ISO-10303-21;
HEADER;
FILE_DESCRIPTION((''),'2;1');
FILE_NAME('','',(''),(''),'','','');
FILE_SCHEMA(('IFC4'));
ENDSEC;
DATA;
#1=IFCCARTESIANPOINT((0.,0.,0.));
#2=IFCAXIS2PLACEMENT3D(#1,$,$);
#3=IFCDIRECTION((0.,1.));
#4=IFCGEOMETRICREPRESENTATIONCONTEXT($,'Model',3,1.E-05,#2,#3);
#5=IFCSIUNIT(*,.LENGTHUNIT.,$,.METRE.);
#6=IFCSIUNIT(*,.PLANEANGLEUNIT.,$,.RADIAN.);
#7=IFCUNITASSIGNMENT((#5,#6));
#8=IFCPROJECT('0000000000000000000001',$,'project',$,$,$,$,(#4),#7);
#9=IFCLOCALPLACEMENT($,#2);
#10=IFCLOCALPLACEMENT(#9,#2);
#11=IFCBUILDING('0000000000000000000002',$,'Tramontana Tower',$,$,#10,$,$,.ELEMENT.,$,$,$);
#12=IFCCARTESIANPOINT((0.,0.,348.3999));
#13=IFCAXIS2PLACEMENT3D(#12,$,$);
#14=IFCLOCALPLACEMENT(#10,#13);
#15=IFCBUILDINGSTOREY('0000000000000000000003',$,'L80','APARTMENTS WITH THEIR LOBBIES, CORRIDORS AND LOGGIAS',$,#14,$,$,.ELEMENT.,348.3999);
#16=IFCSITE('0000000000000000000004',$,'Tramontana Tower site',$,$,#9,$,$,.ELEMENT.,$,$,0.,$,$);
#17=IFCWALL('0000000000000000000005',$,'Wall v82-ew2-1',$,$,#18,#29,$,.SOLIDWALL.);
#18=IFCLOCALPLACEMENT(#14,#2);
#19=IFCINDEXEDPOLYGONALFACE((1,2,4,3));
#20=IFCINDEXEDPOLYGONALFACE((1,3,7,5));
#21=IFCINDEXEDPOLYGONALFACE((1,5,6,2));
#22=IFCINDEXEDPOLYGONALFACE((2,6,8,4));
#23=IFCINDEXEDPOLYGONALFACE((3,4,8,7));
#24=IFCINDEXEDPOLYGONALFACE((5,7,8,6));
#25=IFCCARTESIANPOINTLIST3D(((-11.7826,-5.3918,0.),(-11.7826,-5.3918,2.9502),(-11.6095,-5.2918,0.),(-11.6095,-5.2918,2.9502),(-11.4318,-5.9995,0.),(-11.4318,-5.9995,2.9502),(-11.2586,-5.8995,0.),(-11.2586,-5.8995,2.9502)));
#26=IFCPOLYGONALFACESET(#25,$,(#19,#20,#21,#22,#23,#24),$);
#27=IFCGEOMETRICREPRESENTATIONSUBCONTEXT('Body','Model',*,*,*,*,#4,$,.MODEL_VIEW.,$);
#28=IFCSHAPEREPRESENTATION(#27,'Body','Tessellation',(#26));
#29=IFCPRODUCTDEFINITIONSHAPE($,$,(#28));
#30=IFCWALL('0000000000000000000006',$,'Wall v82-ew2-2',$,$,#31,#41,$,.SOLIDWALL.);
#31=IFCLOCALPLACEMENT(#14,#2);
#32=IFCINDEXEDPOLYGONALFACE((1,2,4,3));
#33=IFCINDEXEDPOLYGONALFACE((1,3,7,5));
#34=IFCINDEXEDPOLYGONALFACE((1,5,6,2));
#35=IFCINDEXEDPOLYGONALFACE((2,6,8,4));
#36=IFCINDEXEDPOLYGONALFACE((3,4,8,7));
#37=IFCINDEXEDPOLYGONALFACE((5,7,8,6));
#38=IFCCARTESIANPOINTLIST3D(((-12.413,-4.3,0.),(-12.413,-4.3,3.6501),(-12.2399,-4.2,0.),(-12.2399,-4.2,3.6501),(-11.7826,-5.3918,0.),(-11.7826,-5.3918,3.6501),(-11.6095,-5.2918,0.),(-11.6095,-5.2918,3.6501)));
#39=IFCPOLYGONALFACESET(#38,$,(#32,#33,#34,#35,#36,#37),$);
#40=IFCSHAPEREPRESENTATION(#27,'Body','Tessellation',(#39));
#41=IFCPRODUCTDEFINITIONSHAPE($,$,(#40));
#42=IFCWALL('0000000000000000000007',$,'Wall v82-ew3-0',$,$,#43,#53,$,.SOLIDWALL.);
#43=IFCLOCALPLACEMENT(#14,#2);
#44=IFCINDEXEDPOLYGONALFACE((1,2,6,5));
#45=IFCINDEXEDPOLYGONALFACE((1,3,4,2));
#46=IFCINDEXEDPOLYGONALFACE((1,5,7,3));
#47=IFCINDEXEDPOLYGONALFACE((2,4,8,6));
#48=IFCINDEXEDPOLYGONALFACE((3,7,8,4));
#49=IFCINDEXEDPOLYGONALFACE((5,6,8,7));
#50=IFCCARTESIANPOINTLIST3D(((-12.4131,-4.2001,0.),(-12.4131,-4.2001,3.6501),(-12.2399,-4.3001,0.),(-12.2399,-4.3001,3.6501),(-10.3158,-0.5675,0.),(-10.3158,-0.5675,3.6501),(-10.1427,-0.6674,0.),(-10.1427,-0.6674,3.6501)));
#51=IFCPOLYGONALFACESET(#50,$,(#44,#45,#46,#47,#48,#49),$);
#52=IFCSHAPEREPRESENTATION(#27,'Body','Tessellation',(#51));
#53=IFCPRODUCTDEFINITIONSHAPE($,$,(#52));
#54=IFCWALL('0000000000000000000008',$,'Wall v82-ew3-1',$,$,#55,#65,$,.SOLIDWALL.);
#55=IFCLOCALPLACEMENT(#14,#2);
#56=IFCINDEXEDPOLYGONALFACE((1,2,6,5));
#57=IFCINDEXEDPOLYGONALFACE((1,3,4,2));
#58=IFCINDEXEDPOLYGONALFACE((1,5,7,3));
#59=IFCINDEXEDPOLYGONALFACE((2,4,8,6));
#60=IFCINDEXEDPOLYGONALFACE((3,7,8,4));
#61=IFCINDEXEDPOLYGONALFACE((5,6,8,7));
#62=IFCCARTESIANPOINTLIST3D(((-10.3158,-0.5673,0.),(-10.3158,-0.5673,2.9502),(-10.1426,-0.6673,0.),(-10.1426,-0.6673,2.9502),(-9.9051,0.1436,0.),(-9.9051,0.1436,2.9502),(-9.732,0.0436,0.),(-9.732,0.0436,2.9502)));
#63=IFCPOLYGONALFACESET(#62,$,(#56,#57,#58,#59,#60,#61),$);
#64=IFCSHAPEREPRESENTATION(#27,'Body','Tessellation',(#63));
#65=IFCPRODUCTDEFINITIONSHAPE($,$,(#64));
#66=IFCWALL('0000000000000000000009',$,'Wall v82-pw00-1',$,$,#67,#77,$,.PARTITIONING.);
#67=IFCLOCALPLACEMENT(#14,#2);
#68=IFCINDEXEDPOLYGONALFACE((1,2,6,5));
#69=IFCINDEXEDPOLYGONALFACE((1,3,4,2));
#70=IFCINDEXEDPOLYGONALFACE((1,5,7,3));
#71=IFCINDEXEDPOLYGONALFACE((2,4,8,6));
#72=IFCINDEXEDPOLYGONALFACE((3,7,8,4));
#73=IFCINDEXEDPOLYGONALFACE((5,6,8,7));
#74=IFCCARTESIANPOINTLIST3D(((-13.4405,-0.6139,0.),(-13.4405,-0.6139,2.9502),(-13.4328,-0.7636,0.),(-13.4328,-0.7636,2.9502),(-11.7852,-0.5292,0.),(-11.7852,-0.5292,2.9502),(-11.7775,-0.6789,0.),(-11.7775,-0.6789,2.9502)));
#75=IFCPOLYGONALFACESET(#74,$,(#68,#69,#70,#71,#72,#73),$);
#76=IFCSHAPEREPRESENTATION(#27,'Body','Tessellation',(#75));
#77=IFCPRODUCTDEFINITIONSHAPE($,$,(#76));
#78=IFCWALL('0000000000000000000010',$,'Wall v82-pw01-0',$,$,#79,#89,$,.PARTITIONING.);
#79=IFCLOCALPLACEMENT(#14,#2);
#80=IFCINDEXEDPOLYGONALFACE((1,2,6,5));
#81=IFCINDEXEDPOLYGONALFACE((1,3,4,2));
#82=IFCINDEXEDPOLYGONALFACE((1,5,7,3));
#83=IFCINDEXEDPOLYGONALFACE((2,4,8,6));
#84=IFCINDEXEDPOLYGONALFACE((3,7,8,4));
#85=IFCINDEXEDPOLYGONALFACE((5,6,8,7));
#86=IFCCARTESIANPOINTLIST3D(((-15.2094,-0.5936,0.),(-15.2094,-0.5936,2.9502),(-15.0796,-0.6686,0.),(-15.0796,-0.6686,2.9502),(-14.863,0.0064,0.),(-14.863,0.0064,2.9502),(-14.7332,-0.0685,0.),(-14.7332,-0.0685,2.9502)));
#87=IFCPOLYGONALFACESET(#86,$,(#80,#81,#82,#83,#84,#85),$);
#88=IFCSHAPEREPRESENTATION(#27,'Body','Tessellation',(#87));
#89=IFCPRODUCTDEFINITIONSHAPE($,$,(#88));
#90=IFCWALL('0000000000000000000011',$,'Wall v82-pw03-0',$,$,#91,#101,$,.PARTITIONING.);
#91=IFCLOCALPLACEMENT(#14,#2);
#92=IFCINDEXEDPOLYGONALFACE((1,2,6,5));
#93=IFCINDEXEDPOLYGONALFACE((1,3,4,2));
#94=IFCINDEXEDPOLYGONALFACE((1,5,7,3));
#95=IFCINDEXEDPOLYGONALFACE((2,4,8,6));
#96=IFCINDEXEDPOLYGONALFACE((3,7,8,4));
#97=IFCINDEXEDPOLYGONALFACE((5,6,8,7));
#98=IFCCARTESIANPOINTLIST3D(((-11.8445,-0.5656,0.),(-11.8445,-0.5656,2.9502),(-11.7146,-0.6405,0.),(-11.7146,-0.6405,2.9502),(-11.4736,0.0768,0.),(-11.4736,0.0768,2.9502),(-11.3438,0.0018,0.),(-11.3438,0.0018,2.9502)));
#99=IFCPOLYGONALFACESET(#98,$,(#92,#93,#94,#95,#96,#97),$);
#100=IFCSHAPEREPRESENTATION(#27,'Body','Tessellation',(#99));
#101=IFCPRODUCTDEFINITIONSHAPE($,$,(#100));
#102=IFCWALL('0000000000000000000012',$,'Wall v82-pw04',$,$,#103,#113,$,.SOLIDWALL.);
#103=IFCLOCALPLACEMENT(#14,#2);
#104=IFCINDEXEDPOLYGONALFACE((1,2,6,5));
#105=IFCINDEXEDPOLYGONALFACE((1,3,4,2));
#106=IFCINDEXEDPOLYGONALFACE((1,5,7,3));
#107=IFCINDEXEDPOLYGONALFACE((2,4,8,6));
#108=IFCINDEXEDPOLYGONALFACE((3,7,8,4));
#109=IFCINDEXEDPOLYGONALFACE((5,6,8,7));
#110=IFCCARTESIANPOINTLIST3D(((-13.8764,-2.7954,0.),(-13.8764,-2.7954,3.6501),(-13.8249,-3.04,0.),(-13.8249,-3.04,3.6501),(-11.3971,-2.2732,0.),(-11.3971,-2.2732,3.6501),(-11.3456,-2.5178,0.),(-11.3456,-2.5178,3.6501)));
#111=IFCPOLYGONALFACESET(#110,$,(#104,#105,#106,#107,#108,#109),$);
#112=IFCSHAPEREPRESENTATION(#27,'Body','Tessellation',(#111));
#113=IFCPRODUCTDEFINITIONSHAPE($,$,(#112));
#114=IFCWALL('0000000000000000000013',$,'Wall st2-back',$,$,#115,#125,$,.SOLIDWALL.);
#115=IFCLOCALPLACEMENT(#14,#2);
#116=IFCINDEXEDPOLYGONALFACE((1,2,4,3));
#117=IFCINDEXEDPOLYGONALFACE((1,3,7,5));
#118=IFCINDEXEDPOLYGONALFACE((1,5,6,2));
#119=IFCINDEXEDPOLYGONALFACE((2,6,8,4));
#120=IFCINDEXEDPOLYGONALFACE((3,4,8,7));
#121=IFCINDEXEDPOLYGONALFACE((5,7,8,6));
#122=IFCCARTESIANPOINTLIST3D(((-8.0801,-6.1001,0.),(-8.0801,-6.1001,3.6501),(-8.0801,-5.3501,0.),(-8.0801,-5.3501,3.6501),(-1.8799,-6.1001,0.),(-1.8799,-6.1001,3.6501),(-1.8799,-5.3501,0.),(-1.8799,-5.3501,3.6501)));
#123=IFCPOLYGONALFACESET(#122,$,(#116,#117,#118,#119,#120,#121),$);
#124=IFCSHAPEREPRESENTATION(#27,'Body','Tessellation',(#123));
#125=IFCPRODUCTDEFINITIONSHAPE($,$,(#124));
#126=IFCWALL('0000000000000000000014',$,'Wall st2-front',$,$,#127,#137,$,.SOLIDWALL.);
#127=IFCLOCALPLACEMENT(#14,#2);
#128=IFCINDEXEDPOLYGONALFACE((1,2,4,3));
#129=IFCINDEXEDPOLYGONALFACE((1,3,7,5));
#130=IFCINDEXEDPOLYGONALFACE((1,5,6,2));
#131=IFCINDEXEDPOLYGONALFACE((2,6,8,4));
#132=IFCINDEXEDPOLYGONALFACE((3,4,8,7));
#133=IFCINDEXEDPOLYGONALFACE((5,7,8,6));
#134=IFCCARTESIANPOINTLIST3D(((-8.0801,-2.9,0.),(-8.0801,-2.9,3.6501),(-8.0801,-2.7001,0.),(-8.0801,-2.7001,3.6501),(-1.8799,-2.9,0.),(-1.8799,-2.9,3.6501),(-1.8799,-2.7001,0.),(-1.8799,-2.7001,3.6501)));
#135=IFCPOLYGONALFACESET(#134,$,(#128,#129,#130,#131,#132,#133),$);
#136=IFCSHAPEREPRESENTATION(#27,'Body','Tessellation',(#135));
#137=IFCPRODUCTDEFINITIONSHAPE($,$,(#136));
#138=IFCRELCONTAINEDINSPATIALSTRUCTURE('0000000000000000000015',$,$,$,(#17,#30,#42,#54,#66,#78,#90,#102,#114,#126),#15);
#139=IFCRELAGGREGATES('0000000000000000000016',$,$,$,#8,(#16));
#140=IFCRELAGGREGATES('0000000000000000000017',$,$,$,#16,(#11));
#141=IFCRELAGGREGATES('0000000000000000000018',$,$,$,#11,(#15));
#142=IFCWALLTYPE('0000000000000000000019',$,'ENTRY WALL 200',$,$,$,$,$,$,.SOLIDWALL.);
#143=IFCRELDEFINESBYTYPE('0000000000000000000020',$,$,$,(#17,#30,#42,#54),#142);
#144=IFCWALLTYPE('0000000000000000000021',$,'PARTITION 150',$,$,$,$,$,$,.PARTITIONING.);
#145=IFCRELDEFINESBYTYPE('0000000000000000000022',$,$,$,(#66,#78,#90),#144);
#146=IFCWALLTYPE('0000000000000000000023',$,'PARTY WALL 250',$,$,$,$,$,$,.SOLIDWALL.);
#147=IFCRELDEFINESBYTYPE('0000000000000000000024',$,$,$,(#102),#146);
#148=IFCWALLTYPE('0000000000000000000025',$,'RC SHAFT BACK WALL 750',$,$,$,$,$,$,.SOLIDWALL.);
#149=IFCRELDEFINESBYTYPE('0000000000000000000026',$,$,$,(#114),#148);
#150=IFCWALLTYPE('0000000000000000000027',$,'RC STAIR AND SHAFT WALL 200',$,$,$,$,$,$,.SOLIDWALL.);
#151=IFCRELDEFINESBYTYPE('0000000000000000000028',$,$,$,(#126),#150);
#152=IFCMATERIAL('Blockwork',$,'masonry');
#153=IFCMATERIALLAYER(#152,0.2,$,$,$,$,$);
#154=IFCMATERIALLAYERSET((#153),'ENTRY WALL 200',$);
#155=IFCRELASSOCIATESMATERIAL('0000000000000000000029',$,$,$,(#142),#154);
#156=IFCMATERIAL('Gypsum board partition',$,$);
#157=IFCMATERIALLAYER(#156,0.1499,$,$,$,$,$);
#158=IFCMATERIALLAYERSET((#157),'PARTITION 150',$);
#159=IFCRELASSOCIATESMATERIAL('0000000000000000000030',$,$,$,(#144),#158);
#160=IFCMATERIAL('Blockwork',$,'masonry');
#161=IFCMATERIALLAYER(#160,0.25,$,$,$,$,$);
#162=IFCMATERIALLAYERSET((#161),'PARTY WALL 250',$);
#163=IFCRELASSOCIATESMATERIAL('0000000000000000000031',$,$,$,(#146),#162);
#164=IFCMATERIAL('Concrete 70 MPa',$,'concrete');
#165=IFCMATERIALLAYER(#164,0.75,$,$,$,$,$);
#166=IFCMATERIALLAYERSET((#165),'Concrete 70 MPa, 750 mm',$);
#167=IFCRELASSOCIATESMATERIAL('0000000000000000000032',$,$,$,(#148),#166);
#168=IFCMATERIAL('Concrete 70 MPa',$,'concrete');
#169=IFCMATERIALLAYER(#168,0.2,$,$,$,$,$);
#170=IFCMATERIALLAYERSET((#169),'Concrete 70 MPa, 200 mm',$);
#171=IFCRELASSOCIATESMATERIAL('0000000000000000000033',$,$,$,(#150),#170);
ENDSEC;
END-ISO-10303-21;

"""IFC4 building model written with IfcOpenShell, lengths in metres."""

from ifc_helpers import new_model, si_unit, direction, frame, frame_2d, origin, place, context, subcontext, project, spatial, rectangle, extrude, material, layer, layer_set, type_object, element, save


model = new_model("IFC4")

# Units and contexts
model_context = context("Model", 3, precision=1e-05, world=origin(), true_north=direction((0.0, 1.0)))
body_context = subcontext(model_context, "Body", "Model", "MODEL_VIEW")
ifc_project = project(units=[si_unit("LENGTHUNIT", "METRE"), si_unit("PLANEANGLEUNIT", "RADIAN")], contexts=[model_context])

# Site, building, storey
site_placement = place(None, origin())
site = spatial("IfcSite", under=ifc_project, at=site_placement, Name="Tramontana Tower site", CompositionType="ELEMENT", RefElevation=0.0)
building_placement = place(site_placement, origin())
building = spatial("IfcBuilding", under=site, at=building_placement, Name="Tramontana Tower", CompositionType="ELEMENT")
storey_placement = place(building_placement, frame((0.0, 0.0, 348.3999)))
storey = spatial("IfcBuildingStorey", under=building, at=storey_placement, Name="L80", Description="APARTMENTS WITH THEIR LOBBIES, CORRIDORS AND LOGGIAS", CompositionType="ELEMENT", Elevation=348.3999)

# Walls
ifc_material_1 = material(Name="Blockwork", Category="masonry")
ifc_layer_1 = layer(ifc_material_1, 0.2)
ifc_layer_set_1 = layer_set([ifc_layer_1], Name="ENTRY WALL 200")
wall_type_1 = type_object("IfcWallType", Name="ENTRY WALL 200", PredefinedType="SOLIDWALL", material=ifc_layer_set_1)
wall_1_placement = place(storey_placement, frame((-11.3452, -5.9495, 0.0), z_axis=(0.0, 0.0, 1.0), x_axis=(-0.499994, 0.866029, 0.0)))
element("IfcWall", 1, at=wall_1_placement, inside=storey, type_object=wall_type_1, Name="Wall v82-ew2-1", PredefinedType="SOLIDWALL", context=body_context, shape_type="SweptSolid", body=[
    extrude(rectangle(XDim=0.7017, YDim=0.2, at=frame_2d((0.3508, 0.0))), origin(), (0.0, 0.0, 1.0), 2.9502),
])
wall_2_placement = place(storey_placement, frame((-11.696, -5.3418, 0.0), z_axis=(0.0, 0.0, 1.0), x_axis=(-0.500013, 0.866018, 0.0)))
element("IfcWall", 2, at=wall_2_placement, inside=storey, type_object=wall_type_1, Name="Wall v82-ew2-2", PredefinedType="SOLIDWALL", context=body_context, shape_type="SweptSolid", body=[
    extrude(rectangle(XDim=1.2607, YDim=0.2, at=frame_2d((0.6304, 0.0))), origin(), (0.0, 0.0, 1.0), 3.6501),
])
wall_3_placement = place(storey_placement, frame((-12.3264, -4.25, 0.0), z_axis=(0.0, 0.0, 1.0), x_axis=(0.499983, 0.866035, 0.0)))
element("IfcWall", 3, at=wall_3_placement, inside=storey, type_object=wall_type_1, Name="Wall v82-ew3-0", PredefinedType="SOLIDWALL", context=body_context, shape_type="SweptSolid", body=[
    extrude(rectangle(XDim=4.1946, YDim=0.2, at=frame_2d((2.0972, 0.0))), origin(), (0.0, 0.0, 1.0), 3.6501),
])
wall_4_placement = place(storey_placement, frame((-10.2292, -0.6174, 0.0), z_axis=(0.0, 0.0, 1.0), x_axis=(0.500169, 0.865928, 0.0)))
element("IfcWall", 4, at=wall_4_placement, inside=storey, type_object=wall_type_1, Name="Wall v82-ew3-1", PredefinedType="SOLIDWALL", context=body_context, shape_type="SweptSolid", body=[
    extrude(rectangle(XDim=0.821, YDim=0.2, at=frame_2d((0.4106, 0.0))), origin(), (0.0, 0.0, 1.0), 2.9502),
])

# Shared definitions
ifc_material_2 = material(Name="Gypsum board partition")
ifc_layer_2 = layer(ifc_material_2, 0.1499)
ifc_layer_set_2 = layer_set([ifc_layer_2], Name="PARTITION 150")
wall_type_2 = type_object("IfcWallType", Name="PARTITION 150", PredefinedType="PARTITIONING", material=ifc_layer_set_2)

# Walls
wall_5_placement = place(storey_placement, frame((-13.4365, -0.6887, 0.0), z_axis=(0.0, 0.0, 1.0), x_axis=(0.998693, 0.051113, 0.0)))
element("IfcWall", 5, at=wall_5_placement, inside=storey, type_object=wall_type_2, Name="Wall v82-pw00-1", PredefinedType="PARTITIONING", context=body_context, shape_type="SweptSolid", body=[
    extrude(rectangle(XDim=1.6575, YDim=0.1499, at=frame_2d((0.8286, 0.0))), origin(), (0.0, 0.0, 1.0), 2.9502),
])
wall_6_placement = place(storey_placement, frame((-15.1445, -0.6311, 0.0), z_axis=(0.0, 0.0, 1.0), x_axis=(0.499966, 0.866045, 0.0)))
element("IfcWall", 6, at=wall_6_placement, inside=storey, type_object=wall_type_2, Name="Wall v82-pw01-0", PredefinedType="PARTITIONING", context=body_context, shape_type="SweptSolid", body=[
    extrude(rectangle(XDim=0.6929, YDim=0.1499, at=frame_2d((0.3464, 0.0))), origin(), (0.0, 0.0, 1.0), 2.9502),
])
wall_7_placement = place(storey_placement, frame((-11.7795, -0.603, 0.0), z_axis=(0.0, 0.0, 1.0), x_axis=(0.499998, 0.866027, 0.0)))
element("IfcWall", 7, at=wall_7_placement, inside=storey, type_object=wall_type_2, Name="Wall v82-pw03-0", PredefinedType="PARTITIONING", context=body_context, shape_type="SweptSolid", body=[
    extrude(rectangle(XDim=0.7417, YDim=0.1499, at=frame_2d((0.3708, 0.0))), origin(), (0.0, 0.0, 1.0), 2.9502),
])
ifc_material_3 = material(Name="Blockwork", Category="masonry")
ifc_layer_3 = layer(ifc_material_3, 0.25)
ifc_layer_set_3 = layer_set([ifc_layer_3], Name="PARTY WALL 250")
wall_type_3 = type_object("IfcWallType", Name="PARTY WALL 250", PredefinedType="SOLIDWALL", material=ifc_layer_set_3)
wall_8_placement = place(storey_placement, frame((-11.3713, -2.3955, 0.0), z_axis=(0.0, 0.0, 1.0), x_axis=(-0.978528, -0.206112, 0.0)))
element("IfcWall", 8, at=wall_8_placement, inside=storey, type_object=wall_type_3, Name="Wall v82-pw04", PredefinedType="SOLIDWALL", context=body_context, shape_type="SweptSolid", body=[
    extrude(rectangle(XDim=2.5337, YDim=0.25, at=frame_2d((1.2668, 0.0))), origin(), (0.0, 0.0, 1.0), 3.6501),
])
ifc_material_4 = material(Name="Concrete 70 MPa", Category="concrete")
ifc_layer_4 = layer(ifc_material_4, 0.75)
ifc_layer_set_4 = layer_set([ifc_layer_4], Name="Concrete 70 MPa, 750 mm")
wall_type_4 = type_object("IfcWallType", Name="RC SHAFT BACK WALL 750", PredefinedType="SOLIDWALL", material=ifc_layer_set_4)
wall_9_placement = place(storey_placement, frame((-8.0801, -5.7251, 0.0), z_axis=(0.0, 0.0, 1.0), x_axis=(1.0, 0.0, 0.0)))
element("IfcWall", 9, at=wall_9_placement, inside=storey, type_object=wall_type_4, Name="Wall st2-back", PredefinedType="SOLIDWALL", context=body_context, shape_type="SweptSolid", body=[
    extrude(rectangle(XDim=6.2002, YDim=0.75, at=frame_2d((3.1001, 0.0))), origin(), (0.0, 0.0, 1.0), 3.6501),
])
ifc_material_5 = material(Name="Concrete 70 MPa", Category="concrete")
ifc_layer_5 = layer(ifc_material_5, 0.2)
ifc_layer_set_5 = layer_set([ifc_layer_5], Name="Concrete 70 MPa, 200 mm")
wall_type_5 = type_object("IfcWallType", Name="RC STAIR AND SHAFT WALL 200", PredefinedType="SOLIDWALL", material=ifc_layer_set_5)
wall_10_placement = place(storey_placement, frame((-8.0801, -2.8, 0.0), z_axis=(0.0, 0.0, 1.0), x_axis=(1.0, 0.0, 0.0)))
element("IfcWall", 10, at=wall_10_placement, inside=storey, type_object=wall_type_5, Name="Wall st2-front", PredefinedType="SOLIDWALL", context=body_context, shape_type="SweptSolid", body=[
    extrude(rectangle(XDim=6.2002, YDim=0.2, at=frame_2d((3.1001, 0.0))), origin(), (0.0, 0.0, 1.0), 3.6501),
])

save(model, "model.ifc")
